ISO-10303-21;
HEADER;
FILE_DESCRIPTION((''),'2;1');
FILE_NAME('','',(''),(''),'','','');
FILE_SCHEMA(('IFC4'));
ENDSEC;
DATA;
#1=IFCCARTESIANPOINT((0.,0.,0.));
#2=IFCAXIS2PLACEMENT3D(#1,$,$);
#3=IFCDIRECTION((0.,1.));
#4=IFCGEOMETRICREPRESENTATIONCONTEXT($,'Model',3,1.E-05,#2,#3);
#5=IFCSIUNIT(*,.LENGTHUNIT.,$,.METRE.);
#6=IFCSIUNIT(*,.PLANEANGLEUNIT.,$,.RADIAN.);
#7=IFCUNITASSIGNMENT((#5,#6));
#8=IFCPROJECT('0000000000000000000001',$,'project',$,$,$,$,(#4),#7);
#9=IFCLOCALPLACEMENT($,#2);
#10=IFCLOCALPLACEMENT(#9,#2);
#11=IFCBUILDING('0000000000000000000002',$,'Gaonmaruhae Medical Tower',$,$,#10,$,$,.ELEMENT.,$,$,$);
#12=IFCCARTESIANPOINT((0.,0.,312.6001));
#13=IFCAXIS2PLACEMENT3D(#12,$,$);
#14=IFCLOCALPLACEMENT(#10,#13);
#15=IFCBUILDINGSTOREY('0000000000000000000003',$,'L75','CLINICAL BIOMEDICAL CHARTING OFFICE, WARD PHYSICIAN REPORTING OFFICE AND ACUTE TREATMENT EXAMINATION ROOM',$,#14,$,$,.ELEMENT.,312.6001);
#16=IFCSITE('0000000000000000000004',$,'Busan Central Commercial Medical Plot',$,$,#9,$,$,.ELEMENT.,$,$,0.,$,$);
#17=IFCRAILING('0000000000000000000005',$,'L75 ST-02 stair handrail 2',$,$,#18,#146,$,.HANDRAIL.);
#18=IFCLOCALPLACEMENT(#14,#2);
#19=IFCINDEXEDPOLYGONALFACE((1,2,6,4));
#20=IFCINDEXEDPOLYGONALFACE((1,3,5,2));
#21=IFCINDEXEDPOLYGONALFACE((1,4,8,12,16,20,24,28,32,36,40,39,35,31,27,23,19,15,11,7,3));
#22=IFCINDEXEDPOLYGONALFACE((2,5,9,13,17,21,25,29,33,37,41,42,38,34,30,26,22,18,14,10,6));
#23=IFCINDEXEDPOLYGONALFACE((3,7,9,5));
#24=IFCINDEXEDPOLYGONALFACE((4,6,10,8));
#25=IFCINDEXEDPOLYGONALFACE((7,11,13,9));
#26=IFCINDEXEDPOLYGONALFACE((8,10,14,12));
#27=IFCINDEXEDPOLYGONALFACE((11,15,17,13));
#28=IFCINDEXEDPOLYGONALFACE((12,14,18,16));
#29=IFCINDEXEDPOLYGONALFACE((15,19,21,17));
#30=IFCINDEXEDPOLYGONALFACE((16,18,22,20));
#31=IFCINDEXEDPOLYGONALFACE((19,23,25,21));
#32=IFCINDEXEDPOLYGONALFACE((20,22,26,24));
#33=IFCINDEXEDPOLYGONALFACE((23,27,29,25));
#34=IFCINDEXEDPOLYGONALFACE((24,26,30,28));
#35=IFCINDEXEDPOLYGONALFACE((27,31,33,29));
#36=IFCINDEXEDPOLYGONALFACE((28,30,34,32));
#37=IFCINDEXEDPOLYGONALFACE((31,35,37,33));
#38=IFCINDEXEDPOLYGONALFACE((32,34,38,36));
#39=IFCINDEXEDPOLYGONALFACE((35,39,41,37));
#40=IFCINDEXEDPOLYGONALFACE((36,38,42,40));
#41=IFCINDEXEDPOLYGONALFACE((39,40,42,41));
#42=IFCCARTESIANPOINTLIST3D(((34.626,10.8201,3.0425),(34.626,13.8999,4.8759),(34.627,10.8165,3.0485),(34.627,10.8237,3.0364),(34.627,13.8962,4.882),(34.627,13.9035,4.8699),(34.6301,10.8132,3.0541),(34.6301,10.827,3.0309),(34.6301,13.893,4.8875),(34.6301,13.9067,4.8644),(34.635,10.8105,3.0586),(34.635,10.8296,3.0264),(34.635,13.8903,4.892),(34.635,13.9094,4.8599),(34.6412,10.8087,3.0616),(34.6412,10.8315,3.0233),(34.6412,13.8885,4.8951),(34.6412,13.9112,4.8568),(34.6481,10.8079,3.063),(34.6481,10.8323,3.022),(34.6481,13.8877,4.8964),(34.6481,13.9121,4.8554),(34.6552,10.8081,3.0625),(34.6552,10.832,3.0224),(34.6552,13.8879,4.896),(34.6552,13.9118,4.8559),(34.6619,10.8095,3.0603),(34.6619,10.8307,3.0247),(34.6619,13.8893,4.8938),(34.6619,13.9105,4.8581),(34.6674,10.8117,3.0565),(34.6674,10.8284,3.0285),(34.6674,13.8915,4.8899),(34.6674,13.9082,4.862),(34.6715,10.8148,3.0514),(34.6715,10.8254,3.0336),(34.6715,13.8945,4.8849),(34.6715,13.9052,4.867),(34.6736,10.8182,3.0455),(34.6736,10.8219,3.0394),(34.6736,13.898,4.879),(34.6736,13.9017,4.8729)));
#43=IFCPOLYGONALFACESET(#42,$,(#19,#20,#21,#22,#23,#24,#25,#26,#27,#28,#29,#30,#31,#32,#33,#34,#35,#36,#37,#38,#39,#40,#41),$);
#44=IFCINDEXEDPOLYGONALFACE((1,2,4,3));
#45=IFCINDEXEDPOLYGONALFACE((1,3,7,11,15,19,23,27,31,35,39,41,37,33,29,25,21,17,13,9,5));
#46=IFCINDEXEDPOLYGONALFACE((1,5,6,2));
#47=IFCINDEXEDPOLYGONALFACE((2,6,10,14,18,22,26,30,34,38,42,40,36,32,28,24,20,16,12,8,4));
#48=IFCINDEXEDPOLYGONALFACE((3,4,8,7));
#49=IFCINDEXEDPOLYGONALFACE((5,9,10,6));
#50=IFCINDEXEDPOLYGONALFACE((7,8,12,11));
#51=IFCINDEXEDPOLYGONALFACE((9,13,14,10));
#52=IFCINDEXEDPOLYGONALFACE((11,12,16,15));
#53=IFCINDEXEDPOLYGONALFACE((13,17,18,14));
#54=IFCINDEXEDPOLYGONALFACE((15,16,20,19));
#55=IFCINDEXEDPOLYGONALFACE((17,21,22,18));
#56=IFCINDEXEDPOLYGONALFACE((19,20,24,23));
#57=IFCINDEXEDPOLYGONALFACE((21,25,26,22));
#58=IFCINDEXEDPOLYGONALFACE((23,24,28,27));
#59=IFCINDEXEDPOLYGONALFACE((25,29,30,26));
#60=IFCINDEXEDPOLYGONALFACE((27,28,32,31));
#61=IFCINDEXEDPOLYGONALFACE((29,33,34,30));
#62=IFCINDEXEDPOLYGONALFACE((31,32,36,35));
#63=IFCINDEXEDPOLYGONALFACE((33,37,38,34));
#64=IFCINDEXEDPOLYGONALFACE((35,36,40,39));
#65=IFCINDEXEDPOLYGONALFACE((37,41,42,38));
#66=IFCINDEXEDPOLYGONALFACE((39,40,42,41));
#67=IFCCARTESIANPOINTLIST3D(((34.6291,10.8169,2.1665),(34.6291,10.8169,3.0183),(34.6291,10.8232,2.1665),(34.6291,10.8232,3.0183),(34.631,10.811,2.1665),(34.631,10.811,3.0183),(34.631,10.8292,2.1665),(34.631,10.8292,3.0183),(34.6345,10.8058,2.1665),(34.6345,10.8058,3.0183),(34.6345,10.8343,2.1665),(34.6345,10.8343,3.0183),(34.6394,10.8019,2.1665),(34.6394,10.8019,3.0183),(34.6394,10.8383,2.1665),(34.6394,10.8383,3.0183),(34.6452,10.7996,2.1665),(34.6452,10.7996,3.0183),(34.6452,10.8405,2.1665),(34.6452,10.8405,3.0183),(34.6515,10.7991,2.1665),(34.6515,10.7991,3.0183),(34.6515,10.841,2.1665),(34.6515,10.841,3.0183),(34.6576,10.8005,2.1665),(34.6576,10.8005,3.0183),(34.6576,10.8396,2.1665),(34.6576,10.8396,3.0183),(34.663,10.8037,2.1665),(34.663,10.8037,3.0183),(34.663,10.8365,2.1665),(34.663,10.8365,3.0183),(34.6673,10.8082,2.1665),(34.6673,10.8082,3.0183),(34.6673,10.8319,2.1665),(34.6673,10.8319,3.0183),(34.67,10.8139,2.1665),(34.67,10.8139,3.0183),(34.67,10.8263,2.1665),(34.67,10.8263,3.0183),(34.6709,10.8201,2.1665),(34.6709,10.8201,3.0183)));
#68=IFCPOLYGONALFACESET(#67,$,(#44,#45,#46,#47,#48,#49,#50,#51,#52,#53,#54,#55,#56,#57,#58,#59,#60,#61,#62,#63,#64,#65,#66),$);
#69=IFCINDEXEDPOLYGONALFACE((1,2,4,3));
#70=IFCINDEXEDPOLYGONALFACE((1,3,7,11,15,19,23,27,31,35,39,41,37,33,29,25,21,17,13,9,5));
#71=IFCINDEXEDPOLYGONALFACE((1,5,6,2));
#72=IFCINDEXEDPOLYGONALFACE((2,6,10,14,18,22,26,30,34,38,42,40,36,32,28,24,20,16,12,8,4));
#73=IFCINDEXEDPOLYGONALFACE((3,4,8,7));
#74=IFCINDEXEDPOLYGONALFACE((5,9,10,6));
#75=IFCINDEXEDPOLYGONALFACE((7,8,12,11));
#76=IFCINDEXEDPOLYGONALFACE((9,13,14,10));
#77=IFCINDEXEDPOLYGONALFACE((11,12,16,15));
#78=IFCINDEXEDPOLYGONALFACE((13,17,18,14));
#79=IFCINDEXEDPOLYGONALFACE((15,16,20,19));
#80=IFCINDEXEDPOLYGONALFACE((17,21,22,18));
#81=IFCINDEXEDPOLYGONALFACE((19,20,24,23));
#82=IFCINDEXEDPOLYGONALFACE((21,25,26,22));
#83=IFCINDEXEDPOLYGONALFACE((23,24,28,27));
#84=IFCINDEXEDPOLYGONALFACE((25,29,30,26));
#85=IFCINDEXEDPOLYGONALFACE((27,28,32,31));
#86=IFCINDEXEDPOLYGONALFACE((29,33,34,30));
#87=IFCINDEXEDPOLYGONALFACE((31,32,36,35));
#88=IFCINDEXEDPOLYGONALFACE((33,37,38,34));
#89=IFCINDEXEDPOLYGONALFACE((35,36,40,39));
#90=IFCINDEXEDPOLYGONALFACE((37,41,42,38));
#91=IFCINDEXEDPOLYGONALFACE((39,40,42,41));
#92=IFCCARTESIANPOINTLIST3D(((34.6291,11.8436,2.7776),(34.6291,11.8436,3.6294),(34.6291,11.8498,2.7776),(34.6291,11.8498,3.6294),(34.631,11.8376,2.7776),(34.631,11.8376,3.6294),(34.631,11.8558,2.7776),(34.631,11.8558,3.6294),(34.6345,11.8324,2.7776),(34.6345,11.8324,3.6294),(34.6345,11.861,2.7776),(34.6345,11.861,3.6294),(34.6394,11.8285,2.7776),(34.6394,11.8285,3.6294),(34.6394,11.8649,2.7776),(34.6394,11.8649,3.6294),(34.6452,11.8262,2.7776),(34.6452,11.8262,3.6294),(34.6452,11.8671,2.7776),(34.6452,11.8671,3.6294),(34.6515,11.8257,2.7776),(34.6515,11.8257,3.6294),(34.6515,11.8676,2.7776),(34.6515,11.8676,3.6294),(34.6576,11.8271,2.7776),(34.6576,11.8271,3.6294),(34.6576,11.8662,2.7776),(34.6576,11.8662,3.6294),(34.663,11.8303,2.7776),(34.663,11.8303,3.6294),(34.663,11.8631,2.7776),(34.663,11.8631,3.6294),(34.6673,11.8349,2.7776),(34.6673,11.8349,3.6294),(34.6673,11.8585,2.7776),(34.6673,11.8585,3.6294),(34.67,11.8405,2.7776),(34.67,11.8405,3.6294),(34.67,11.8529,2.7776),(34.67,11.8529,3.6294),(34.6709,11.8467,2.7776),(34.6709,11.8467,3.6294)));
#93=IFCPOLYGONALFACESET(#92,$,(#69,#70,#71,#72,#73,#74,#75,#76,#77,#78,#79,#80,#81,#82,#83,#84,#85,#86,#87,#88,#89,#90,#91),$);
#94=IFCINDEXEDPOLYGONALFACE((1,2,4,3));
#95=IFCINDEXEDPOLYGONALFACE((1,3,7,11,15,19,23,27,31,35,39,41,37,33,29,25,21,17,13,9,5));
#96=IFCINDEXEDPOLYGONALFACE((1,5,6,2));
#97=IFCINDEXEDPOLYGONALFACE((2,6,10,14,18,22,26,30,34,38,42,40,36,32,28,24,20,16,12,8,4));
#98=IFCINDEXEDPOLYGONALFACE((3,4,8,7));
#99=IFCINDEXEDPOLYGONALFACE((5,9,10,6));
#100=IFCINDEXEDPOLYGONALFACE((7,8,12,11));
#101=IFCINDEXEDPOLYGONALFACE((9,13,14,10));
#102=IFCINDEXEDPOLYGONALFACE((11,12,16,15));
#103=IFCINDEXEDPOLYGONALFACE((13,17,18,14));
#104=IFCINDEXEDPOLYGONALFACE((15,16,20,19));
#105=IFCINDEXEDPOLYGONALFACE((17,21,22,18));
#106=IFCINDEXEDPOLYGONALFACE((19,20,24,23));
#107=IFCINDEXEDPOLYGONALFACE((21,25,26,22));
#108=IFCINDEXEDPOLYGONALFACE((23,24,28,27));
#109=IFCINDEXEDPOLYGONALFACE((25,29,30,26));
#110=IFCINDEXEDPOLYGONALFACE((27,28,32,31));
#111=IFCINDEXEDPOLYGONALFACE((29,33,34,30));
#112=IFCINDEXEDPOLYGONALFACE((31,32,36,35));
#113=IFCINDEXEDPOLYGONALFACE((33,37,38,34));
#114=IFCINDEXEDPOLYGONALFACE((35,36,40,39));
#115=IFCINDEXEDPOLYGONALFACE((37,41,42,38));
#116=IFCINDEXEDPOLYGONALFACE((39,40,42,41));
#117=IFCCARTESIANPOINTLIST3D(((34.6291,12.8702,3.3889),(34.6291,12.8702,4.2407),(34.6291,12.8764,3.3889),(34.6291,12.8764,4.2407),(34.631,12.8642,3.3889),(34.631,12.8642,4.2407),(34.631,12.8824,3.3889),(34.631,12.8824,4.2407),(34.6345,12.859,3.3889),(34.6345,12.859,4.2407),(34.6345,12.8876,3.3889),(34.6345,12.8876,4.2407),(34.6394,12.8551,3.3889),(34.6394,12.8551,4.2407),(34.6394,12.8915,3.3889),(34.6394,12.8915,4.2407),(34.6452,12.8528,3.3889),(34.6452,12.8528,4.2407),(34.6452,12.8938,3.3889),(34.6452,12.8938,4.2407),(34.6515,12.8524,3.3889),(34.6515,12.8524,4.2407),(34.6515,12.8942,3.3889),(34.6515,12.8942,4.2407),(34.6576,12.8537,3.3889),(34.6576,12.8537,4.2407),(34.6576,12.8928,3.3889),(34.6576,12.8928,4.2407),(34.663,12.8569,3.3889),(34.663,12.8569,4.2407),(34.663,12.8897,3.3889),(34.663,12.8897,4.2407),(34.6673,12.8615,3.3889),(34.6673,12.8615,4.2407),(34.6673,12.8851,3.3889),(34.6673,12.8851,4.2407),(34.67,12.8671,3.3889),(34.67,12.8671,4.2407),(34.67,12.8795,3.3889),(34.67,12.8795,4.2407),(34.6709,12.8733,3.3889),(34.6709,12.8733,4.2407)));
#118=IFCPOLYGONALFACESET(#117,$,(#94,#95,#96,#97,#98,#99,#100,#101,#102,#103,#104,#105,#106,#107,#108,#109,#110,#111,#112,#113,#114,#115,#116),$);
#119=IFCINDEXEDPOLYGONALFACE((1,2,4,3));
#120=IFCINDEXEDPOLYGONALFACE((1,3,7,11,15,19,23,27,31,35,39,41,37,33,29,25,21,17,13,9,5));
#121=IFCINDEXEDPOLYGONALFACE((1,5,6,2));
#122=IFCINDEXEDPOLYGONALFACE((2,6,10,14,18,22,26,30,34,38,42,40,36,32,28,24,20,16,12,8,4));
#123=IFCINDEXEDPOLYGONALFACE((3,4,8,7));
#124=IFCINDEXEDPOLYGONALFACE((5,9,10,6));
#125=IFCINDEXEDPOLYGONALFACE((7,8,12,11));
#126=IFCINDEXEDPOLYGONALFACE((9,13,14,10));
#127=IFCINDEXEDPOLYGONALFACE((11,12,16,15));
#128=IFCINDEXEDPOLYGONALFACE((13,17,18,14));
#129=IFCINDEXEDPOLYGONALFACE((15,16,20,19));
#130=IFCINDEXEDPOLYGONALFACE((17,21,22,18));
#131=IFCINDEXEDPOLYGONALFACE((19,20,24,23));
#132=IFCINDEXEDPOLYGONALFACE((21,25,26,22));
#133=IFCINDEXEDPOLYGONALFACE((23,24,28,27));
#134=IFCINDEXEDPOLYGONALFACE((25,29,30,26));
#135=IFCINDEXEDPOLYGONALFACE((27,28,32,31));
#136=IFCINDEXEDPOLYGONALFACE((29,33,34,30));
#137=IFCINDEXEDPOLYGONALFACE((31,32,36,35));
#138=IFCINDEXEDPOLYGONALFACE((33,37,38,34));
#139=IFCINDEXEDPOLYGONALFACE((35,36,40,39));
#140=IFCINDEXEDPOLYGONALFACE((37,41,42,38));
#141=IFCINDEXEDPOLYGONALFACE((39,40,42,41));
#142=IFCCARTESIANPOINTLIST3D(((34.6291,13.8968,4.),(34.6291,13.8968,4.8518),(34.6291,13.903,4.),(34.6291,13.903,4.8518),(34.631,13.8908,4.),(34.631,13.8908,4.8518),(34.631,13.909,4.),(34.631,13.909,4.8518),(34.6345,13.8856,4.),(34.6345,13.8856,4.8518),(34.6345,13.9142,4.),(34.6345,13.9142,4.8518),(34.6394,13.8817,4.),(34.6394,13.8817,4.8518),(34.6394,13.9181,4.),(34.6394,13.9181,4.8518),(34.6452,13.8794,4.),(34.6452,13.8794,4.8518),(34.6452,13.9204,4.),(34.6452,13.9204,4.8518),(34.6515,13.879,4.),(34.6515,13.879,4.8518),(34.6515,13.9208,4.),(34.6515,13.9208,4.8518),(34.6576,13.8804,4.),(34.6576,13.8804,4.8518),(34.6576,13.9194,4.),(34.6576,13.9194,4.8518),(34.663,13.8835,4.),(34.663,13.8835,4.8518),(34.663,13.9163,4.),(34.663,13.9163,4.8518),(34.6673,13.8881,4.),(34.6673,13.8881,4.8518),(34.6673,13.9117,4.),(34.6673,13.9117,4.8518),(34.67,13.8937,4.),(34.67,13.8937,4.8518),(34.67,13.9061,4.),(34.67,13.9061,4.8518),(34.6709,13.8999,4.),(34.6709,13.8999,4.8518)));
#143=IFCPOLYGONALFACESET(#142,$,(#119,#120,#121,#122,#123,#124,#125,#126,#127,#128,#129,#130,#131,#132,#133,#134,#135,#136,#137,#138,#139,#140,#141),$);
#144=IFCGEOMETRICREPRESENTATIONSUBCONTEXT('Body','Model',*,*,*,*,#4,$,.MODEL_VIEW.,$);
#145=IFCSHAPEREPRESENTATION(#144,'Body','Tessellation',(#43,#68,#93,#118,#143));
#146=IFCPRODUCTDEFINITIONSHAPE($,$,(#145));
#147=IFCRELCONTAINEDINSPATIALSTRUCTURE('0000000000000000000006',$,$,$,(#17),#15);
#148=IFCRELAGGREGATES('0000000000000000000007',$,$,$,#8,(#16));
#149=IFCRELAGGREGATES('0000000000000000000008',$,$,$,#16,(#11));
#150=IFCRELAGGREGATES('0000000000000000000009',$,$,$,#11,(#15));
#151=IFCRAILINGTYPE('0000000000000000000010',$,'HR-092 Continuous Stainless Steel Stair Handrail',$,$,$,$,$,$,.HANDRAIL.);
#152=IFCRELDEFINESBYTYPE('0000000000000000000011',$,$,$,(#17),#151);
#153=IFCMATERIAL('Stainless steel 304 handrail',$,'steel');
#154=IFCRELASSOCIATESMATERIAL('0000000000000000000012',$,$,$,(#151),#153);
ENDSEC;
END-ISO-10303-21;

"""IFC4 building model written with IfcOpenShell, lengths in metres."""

from ifc_helpers import new_model, si_unit, direction, frame, origin, origin_2d, place, context, subcontext, project, spatial, circle, extrude, material, type_object, element, save


model = new_model("IFC4")

# Units and contexts
model_context = context("Model", 3, precision=1e-05, world=origin(), true_north=direction((0.0, 1.0)))
body_context = subcontext(model_context, "Body", "Model", "MODEL_VIEW")
ifc_project = project(units=[si_unit("LENGTHUNIT", "METRE"), si_unit("PLANEANGLEUNIT", "RADIAN")], contexts=[model_context])

# Site, building, storey
site_placement = place(None, origin())
site = spatial("IfcSite", under=ifc_project, at=site_placement, Name="Busan Central Commercial Medical Plot", CompositionType="ELEMENT", RefElevation=0.0)
building_placement = place(site_placement, origin())
building = spatial("IfcBuilding", under=site, at=building_placement, Name="Gaonmaruhae Medical Tower", CompositionType="ELEMENT")
storey_placement = place(building_placement, frame((0.0, 0.0, 312.6001)))
storey = spatial("IfcBuildingStorey", under=building, at=storey_placement, Name="L75", Description="CLINICAL BIOMEDICAL CHARTING OFFICE, WARD PHYSICIAN REPORTING OFFICE AND ACUTE TREATMENT EXAMINATION ROOM", CompositionType="ELEMENT", Elevation=312.6001)

# Railing
ifc_material_1 = material(Name="Stainless steel 304 handrail", Category="steel")
railing_type_1 = type_object("IfcRailingType", Name="HR-092 Continuous Stainless Steel Stair Handrail", PredefinedType="HANDRAIL", material=ifc_material_1)
railing_1_placement = place(storey_placement, frame((34.6499, 10.8201, 2.1665)))
element("IfcRailing", 1, at=railing_1_placement, inside=storey, type_object=railing_type_1, Name="L75 ST-02 stair handrail 2", PredefinedType="HANDRAIL", context=body_context, shape_type="SweptSolid", body=[
    extrude(circle(Radius=0.0239, at=origin_2d()), frame((0.0, 0.0, 0.876), z_axis=(0.0, 0.859261, 0.511538), x_axis=(-1.0, 0.0, 0.0)), (0.0, 0.0, 1.0), 3.5842),
    extrude(circle(Radius=0.021, at=origin_2d()), origin(), (0.0, 0.0, 1.0), 0.8518),
    extrude(circle(Radius=0.021, at=origin_2d()), frame((0.0, 1.0266, 0.6111)), (0.0, 0.0, 1.0), 0.8518),
    extrude(circle(Radius=0.021, at=origin_2d()), frame((0.0, 2.0532, 1.2224)), (0.0, 0.0, 1.0), 0.8518),
    extrude(circle(Radius=0.021, at=origin_2d()), frame((0.0, 3.0798, 1.8335)), (0.0, 0.0, 1.0), 0.8518),
])

save(model, "model.ifc")
